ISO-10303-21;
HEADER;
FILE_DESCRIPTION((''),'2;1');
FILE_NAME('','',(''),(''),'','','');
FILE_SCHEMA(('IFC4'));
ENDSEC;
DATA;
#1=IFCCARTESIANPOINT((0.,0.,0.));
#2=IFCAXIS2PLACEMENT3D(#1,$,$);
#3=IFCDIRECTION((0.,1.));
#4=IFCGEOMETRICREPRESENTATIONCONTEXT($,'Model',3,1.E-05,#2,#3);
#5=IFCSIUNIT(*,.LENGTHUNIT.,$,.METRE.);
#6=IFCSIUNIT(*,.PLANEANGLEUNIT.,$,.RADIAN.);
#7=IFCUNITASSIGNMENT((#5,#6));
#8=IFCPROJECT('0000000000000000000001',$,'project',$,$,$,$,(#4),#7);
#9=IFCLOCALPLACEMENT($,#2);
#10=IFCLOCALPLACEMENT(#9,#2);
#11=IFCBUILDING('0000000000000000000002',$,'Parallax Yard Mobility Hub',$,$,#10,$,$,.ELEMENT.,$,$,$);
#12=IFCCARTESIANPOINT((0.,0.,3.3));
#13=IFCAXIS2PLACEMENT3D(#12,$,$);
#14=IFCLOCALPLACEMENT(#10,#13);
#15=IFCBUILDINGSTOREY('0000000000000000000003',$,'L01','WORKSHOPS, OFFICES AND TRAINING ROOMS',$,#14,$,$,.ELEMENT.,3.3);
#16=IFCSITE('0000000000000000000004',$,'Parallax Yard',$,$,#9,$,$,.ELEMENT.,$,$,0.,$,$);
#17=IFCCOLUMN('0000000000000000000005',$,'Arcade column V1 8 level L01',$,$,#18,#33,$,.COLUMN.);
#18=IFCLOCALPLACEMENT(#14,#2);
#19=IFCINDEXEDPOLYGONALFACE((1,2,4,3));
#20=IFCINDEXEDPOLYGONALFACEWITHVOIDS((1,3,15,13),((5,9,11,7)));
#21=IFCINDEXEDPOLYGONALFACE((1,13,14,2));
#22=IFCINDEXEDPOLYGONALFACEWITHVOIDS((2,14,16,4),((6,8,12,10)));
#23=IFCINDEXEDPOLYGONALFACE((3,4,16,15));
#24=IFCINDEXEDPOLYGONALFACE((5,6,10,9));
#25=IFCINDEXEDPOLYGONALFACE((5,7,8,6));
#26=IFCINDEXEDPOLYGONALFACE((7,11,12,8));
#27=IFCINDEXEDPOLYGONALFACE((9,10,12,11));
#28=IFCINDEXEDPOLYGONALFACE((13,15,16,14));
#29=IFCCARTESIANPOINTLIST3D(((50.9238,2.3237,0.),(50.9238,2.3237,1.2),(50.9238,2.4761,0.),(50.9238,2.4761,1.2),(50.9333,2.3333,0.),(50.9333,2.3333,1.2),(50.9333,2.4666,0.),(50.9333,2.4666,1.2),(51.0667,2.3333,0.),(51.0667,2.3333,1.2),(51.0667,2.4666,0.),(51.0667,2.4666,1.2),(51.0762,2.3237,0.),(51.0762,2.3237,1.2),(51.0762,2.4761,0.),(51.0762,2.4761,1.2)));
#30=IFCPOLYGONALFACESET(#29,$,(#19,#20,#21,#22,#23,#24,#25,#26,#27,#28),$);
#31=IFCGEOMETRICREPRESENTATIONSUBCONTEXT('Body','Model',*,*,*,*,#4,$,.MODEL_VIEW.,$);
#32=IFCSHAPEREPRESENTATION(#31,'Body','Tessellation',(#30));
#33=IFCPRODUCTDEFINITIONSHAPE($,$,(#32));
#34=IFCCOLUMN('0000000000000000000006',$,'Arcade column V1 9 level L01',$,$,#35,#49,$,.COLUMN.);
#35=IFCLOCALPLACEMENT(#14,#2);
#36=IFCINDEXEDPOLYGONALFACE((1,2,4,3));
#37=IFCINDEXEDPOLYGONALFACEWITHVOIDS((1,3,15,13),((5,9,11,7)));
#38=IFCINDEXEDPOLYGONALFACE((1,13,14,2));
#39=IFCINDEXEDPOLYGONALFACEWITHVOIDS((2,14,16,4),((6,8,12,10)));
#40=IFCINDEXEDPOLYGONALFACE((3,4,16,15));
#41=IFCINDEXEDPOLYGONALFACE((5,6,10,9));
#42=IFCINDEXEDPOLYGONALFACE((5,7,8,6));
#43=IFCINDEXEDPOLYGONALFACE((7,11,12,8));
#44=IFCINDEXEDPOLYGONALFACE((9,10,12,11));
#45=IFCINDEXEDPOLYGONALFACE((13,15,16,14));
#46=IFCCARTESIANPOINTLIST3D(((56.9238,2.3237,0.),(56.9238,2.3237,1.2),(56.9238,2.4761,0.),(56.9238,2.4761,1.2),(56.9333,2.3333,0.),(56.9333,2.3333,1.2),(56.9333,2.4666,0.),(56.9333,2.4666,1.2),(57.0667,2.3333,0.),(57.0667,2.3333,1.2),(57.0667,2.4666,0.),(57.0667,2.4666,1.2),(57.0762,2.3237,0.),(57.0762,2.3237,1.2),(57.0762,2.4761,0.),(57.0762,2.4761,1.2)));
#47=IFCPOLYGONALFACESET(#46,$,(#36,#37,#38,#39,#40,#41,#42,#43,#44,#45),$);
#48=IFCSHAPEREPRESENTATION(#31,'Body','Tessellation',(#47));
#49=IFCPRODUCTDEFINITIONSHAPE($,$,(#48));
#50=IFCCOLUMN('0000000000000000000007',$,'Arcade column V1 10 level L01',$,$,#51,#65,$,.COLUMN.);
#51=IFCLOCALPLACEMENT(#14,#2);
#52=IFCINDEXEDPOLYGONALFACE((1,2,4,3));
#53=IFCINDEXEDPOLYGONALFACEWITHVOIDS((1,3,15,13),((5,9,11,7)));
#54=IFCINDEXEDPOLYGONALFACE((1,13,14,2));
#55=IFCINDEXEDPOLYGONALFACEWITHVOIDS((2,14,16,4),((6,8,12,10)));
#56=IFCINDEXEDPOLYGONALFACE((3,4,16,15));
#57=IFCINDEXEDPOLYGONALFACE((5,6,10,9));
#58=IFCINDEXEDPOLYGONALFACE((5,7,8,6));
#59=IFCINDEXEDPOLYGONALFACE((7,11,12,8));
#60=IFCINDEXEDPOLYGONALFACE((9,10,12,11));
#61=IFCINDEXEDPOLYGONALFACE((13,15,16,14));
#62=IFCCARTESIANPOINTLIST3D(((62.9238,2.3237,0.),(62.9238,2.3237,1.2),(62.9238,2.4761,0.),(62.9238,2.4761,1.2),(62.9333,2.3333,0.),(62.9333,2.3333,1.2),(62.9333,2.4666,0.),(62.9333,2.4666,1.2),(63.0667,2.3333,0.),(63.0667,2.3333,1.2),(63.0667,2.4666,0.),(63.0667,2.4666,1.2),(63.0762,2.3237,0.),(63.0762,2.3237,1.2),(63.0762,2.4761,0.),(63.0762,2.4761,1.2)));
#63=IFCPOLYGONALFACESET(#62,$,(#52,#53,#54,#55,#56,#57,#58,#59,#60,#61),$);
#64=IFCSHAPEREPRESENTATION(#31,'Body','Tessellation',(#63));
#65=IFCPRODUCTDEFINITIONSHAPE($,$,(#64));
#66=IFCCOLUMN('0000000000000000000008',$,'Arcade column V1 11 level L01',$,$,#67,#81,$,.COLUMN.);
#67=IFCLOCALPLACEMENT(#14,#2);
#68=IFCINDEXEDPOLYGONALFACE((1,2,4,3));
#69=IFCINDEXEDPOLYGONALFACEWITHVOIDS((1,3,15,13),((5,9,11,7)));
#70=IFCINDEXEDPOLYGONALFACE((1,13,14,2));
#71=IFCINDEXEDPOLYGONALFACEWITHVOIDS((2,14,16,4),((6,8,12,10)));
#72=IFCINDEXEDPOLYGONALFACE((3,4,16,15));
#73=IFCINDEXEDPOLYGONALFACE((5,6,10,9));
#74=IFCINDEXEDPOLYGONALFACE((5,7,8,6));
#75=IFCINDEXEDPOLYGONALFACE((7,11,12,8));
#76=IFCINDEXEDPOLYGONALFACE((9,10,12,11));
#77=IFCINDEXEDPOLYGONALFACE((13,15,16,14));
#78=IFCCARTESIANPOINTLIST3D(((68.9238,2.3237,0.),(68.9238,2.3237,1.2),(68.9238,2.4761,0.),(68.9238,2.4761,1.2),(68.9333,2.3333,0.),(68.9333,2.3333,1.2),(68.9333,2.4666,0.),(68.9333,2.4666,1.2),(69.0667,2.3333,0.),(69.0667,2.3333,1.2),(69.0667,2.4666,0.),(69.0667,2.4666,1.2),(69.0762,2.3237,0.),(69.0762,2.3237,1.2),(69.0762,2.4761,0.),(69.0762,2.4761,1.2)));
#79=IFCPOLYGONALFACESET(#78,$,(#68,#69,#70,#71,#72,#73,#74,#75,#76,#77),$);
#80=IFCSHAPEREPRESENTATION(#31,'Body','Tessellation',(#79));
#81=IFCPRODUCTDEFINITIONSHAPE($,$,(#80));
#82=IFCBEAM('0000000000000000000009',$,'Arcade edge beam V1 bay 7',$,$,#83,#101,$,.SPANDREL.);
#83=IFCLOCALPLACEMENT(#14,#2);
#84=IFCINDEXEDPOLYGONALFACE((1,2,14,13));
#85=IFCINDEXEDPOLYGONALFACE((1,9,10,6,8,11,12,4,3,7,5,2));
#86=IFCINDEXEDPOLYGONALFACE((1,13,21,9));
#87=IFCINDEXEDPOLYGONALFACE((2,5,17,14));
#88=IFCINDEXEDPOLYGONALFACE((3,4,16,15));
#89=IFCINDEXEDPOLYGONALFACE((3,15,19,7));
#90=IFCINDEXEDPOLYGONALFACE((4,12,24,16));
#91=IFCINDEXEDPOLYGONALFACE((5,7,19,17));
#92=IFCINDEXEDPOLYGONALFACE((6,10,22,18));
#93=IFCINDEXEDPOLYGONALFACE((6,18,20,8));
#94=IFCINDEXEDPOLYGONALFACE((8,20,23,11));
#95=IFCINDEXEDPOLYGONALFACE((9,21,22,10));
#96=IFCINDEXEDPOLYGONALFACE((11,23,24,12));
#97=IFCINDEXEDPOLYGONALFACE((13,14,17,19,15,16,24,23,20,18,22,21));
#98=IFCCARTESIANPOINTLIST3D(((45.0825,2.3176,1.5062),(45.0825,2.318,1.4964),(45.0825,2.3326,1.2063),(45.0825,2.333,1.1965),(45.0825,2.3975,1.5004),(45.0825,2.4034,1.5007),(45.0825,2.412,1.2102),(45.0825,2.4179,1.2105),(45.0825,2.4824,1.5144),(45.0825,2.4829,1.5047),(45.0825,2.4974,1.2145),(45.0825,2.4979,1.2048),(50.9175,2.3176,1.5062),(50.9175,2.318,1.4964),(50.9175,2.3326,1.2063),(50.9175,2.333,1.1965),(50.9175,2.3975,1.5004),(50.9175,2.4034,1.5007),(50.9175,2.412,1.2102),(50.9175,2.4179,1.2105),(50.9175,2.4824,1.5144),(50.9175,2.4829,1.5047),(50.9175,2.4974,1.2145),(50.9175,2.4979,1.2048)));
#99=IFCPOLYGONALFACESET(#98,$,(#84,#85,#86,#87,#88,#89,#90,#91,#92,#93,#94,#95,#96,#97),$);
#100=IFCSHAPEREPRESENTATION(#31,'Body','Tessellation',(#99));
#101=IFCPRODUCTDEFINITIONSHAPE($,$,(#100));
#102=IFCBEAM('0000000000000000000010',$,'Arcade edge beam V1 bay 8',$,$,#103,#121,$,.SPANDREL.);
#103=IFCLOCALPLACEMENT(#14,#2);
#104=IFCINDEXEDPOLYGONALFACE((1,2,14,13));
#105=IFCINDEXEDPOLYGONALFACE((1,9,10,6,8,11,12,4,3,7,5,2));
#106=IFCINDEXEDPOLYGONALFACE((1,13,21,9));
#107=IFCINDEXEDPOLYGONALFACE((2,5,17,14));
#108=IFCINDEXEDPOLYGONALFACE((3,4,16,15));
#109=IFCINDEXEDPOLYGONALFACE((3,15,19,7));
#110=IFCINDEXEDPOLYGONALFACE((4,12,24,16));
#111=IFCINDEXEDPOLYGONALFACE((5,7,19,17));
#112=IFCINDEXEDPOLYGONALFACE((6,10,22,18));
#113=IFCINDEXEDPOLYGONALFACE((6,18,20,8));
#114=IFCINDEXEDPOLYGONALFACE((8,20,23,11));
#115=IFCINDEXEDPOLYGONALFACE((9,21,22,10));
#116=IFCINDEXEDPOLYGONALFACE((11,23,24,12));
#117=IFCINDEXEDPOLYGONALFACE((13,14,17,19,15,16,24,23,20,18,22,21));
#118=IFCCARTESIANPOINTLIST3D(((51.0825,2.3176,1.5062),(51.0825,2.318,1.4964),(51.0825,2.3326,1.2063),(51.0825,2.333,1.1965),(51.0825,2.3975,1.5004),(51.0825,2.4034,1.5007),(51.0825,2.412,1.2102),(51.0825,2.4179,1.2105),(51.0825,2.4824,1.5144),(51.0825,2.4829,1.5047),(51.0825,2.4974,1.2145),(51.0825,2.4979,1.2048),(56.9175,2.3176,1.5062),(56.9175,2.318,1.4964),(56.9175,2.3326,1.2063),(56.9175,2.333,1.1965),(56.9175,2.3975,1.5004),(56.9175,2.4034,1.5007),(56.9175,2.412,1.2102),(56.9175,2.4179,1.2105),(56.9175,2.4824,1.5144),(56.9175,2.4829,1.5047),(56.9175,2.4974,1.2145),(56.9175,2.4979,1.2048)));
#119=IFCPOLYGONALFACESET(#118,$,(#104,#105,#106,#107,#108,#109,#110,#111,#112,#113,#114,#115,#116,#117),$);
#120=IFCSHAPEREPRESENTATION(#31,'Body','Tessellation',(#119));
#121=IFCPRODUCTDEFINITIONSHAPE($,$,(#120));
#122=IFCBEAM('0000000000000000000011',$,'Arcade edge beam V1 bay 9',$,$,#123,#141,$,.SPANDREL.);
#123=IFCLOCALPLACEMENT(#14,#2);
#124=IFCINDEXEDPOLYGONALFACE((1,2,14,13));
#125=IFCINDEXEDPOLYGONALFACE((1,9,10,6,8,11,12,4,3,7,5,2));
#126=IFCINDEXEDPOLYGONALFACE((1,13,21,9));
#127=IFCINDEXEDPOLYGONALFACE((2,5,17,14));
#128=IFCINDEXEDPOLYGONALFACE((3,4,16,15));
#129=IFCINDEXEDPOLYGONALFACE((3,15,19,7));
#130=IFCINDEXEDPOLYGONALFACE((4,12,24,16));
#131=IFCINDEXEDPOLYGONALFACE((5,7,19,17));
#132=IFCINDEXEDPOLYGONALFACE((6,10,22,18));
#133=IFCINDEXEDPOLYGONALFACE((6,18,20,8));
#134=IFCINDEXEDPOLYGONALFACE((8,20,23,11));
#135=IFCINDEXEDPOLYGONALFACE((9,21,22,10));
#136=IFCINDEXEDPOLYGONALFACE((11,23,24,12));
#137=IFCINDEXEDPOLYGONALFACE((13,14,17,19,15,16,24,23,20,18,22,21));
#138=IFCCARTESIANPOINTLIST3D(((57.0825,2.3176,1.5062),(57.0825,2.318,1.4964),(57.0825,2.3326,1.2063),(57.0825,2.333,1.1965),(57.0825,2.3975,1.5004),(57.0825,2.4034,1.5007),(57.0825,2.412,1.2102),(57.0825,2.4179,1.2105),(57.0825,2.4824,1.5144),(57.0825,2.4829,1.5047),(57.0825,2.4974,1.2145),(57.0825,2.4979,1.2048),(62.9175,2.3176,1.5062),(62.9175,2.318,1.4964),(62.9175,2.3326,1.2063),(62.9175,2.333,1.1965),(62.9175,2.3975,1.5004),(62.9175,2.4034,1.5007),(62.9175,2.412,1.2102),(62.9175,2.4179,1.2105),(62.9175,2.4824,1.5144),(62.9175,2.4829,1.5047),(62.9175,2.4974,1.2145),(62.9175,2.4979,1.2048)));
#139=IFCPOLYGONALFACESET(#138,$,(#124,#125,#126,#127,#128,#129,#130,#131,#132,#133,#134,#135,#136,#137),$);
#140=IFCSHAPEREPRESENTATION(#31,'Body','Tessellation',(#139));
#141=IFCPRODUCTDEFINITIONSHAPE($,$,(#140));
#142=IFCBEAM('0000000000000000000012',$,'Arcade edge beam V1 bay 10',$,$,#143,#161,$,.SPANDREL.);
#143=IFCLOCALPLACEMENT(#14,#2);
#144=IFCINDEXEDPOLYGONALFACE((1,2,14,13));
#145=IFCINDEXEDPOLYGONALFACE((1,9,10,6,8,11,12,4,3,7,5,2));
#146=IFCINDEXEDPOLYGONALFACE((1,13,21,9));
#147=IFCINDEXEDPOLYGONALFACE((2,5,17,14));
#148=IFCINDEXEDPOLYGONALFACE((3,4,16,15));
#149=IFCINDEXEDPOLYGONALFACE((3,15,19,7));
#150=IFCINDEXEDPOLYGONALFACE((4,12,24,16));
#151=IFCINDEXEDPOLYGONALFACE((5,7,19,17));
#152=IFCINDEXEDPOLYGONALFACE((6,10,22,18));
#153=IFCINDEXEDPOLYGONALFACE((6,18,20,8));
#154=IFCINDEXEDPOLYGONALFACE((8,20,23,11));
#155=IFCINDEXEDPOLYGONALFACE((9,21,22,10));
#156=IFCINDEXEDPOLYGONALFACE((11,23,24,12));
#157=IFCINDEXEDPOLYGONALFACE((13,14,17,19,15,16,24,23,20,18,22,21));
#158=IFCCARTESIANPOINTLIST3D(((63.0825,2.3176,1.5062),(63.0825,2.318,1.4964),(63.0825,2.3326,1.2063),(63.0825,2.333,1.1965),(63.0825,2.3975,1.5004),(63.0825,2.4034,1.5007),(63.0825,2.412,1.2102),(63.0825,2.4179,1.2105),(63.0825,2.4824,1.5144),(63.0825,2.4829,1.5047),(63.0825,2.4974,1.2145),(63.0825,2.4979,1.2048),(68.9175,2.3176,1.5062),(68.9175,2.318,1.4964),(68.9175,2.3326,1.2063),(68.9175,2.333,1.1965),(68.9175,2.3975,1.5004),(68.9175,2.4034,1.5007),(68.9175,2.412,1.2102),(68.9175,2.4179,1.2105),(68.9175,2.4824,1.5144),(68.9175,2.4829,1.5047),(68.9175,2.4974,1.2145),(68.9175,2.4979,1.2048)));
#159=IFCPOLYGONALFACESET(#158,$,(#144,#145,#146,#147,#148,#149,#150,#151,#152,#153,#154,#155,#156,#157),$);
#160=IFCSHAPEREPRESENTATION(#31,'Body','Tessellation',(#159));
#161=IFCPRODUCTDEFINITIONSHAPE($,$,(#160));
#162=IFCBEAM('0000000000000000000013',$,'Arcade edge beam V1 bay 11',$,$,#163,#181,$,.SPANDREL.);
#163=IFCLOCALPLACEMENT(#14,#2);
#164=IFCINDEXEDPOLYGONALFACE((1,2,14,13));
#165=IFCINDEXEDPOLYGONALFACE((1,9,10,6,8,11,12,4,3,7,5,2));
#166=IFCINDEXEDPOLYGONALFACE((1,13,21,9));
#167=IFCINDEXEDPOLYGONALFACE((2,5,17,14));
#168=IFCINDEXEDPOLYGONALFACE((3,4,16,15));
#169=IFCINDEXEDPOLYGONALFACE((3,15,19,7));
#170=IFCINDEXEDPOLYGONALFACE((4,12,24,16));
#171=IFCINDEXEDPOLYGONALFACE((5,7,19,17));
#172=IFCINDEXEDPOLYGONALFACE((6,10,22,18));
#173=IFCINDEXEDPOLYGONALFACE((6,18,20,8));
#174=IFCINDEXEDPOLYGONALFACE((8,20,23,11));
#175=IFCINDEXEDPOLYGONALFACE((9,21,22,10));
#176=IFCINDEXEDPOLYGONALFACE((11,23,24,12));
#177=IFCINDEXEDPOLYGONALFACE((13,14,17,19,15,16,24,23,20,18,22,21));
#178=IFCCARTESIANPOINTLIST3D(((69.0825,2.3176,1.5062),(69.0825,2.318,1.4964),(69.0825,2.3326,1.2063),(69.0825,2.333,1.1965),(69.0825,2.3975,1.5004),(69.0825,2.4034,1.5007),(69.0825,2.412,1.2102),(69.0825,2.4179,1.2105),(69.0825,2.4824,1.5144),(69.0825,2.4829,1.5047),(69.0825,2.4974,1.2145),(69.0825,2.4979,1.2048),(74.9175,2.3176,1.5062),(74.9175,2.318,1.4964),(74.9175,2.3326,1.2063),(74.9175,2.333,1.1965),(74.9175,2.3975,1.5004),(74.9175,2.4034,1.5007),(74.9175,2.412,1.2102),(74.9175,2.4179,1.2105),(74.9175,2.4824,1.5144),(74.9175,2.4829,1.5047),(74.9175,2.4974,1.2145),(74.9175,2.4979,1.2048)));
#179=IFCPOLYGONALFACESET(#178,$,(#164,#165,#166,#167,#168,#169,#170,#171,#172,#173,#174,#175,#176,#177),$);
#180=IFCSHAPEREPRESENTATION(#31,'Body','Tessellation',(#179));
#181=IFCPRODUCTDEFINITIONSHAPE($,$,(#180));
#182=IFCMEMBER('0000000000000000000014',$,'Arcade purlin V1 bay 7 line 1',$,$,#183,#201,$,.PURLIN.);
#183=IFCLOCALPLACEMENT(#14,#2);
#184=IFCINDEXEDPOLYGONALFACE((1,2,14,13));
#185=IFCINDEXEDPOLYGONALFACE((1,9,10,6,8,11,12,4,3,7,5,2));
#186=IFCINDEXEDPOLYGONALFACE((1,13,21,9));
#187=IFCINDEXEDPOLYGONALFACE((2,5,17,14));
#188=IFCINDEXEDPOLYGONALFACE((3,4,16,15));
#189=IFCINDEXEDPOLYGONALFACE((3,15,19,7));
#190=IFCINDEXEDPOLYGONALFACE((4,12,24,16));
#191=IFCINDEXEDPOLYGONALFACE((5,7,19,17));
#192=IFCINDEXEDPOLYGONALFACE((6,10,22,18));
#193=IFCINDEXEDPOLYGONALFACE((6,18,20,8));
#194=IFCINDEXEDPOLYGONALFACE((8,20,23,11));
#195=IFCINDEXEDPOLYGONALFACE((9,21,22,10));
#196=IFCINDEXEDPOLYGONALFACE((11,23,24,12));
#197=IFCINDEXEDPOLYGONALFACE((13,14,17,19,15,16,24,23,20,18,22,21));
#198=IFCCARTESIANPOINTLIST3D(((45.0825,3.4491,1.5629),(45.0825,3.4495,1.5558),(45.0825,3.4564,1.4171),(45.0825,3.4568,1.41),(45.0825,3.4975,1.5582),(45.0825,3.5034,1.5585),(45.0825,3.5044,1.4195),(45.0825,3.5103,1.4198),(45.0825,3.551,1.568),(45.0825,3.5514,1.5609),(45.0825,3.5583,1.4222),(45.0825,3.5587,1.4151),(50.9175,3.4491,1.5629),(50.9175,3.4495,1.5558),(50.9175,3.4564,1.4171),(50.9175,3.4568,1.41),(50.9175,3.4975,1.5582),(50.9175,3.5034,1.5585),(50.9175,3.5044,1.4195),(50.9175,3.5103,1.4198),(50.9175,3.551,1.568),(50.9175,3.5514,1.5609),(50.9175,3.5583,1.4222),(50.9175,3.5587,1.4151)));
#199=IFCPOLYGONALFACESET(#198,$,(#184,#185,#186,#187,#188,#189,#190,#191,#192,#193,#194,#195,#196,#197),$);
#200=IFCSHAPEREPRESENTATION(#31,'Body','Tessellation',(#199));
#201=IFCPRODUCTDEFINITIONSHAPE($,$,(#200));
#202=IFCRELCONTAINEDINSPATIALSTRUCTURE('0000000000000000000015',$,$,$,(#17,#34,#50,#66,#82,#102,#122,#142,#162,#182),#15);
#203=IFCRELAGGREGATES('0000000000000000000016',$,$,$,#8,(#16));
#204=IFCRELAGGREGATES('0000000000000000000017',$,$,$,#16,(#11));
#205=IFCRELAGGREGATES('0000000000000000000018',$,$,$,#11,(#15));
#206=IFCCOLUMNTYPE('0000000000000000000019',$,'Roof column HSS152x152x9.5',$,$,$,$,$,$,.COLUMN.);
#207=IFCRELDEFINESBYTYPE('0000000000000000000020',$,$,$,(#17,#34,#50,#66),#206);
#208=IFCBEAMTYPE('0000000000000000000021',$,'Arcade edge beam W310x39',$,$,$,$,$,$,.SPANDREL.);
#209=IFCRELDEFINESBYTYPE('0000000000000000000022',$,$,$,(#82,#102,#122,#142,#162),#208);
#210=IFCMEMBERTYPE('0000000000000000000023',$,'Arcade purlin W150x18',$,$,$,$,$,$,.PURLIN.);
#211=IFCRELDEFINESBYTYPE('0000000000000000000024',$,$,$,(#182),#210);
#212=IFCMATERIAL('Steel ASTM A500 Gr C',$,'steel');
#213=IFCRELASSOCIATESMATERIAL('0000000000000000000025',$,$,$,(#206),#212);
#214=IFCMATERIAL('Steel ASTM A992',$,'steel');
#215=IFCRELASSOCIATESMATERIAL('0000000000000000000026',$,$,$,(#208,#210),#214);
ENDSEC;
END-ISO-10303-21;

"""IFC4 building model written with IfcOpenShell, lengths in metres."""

from ifc_helpers import new_model, si_unit, direction, frame, origin, origin_2d, place, context, subcontext, project, spatial, hollow_rectangle, i_section, extrude, material, material_profile, profile_set, type_object, element, save


model = new_model("IFC4")

# Units and contexts
model_context = context("Model", 3, precision=1e-05, world=origin(), true_north=direction((0.0, 1.0)))
body_context = subcontext(model_context, "Body", "Model", "MODEL_VIEW")
ifc_project = project(units=[si_unit("LENGTHUNIT", "METRE"), si_unit("PLANEANGLEUNIT", "RADIAN")], contexts=[model_context])

# Site, building, storey
site_placement = place(None, origin())
site = spatial("IfcSite", under=ifc_project, at=site_placement, Name="Parallax Yard", CompositionType="ELEMENT", RefElevation=0.0)
building_placement = place(site_placement, origin())
building = spatial("IfcBuilding", under=site, at=building_placement, Name="Parallax Yard Mobility Hub", CompositionType="ELEMENT")
storey_placement = place(building_placement, frame((0.0, 0.0, 3.3)))
storey = spatial("IfcBuildingStorey", under=building, at=storey_placement, Name="L01", Description="WORKSHOPS, OFFICES AND TRAINING ROOMS", CompositionType="ELEMENT", Elevation=3.3)

# Columns
ifc_material_1 = material(Name="Steel ASTM A500 Gr C", Category="steel")
ifc_material_profile_1 = material_profile(ifc_material_1, hollow_rectangle(XDim=0.1523, YDim=0.1523, WallThickness=0.0095, at=origin_2d()), Name="HSS152x152x9.5")
ifc_profile_set_1 = profile_set([ifc_material_profile_1], Name="Steel ASTM A500 Gr C")
column_type = type_object("IfcColumnType", Name="Roof column HSS152x152x9.5", PredefinedType="COLUMN", material=ifc_profile_set_1)
for number, where, z_axis, x_axis, name in (
    (1, (51.0, 2.3999, 0.0), (0.0, 0.0, 1.0), (1.0, 0.0, 0.0), "Arcade column V1 8 level L01"),
    (2, (57.0, 2.3999, 0.0), (0.0, 0.0, 1.0), (1.0, 0.0, 0.0), "Arcade column V1 9 level L01"),
    (3, (63.0, 2.3999, 0.0), (0.0, 0.0, 1.0), (1.0, 0.0, 0.0), "Arcade column V1 10 level L01"),
    (4, (69.0, 2.3999, 0.0), (0.0, 0.0, 1.0), (1.0, 0.0, 0.0), "Arcade column V1 11 level L01"),
):
    element("IfcColumn", number, at=place(storey_placement, frame(where, z_axis=z_axis, x_axis=x_axis)), inside=storey, type_object=column_type, Name=name, PredefinedType="COLUMN", context=body_context, shape_type="SweptSolid", body=[
        extrude(hollow_rectangle(XDim=0.1523, YDim=0.1523, WallThickness=0.0095, at=origin_2d()), origin(), (0.0, 0.0, 1.0), 1.2),
    ])

# Beams
ifc_material_2 = material(Name="Steel ASTM A992", Category="steel")
ifc_material_profile_2 = material_profile(ifc_material_2, i_section(OverallWidth=0.165, OverallDepth=0.3101, WebThickness=0.0059, FlangeThickness=0.0098, at=origin_2d()), Name="W310x39")
ifc_profile_set_2 = profile_set([ifc_material_profile_2], Name="Steel ASTM A992")
beam_type = type_object("IfcBeamType", Name="Arcade edge beam W310x39", PredefinedType="SPANDREL", material=ifc_profile_set_2)
for number, where, z_axis, x_axis, name in (
    (5, (45.0825, 2.4077, 1.3555), (1.0, 0.0, 0.0), (0.0, 0.998752, 0.049938), "Arcade edge beam V1 bay 7"),
    (6, (51.0825, 2.4077, 1.3555), (1.0, 0.0, 0.0), (0.0, 0.998752, 0.049938), "Arcade edge beam V1 bay 8"),
    (7, (57.0825, 2.4077, 1.3555), (1.0, 0.0, 0.0), (0.0, 0.998752, 0.049938), "Arcade edge beam V1 bay 9"),
    (8, (63.0825, 2.4077, 1.3555), (1.0, 0.0, 0.0), (0.0, 0.998752, 0.049938), "Arcade edge beam V1 bay 10"),
    (9, (69.0825, 2.4077, 1.3555), (1.0, 0.0, 0.0), (0.0, 0.998752, 0.049938), "Arcade edge beam V1 bay 11"),
):
    element("IfcBeam", number, at=place(storey_placement, frame(where, z_axis=z_axis, x_axis=x_axis)), inside=storey, type_object=beam_type, Name=name, PredefinedType="SPANDREL", context=body_context, shape_type="SweptSolid", body=[
        extrude(i_section(OverallWidth=0.165, OverallDepth=0.3101, WebThickness=0.0059, FlangeThickness=0.0098, at=origin_2d()), origin(), (0.0, 0.0, 1.0), 5.835),
    ])

# Member
ifc_material_profile_3 = material_profile(ifc_material_2, i_section(OverallWidth=0.1021, OverallDepth=0.1531, WebThickness=0.0059, FlangeThickness=0.0071, at=origin_2d()), Name="W150x18")
ifc_profile_set_3 = profile_set([ifc_material_profile_3], Name="Steel ASTM A992")
member_type_1 = type_object("IfcMemberType", Name="Arcade purlin W150x18", PredefinedType="PURLIN", material=ifc_profile_set_3)
for number, where, z_axis, x_axis, name in (
    (10, (45.0825, 3.5039, 1.489), (1.0, 0.0, 0.0), (0.0, 0.998752, 0.049938), "Arcade purlin V1 bay 7 line 1"),
):
    element("IfcMember", number, at=place(storey_placement, frame(where, z_axis=z_axis, x_axis=x_axis)), inside=storey, type_object=member_type_1, Name=name, PredefinedType="PURLIN", context=body_context, shape_type="SweptSolid", body=[
        extrude(i_section(OverallWidth=0.1021, OverallDepth=0.1531, WebThickness=0.0059, FlangeThickness=0.0071, at=origin_2d()), origin(), (0.0, 0.0, 1.0), 5.835),
    ])

save(model, "model.ifc")
